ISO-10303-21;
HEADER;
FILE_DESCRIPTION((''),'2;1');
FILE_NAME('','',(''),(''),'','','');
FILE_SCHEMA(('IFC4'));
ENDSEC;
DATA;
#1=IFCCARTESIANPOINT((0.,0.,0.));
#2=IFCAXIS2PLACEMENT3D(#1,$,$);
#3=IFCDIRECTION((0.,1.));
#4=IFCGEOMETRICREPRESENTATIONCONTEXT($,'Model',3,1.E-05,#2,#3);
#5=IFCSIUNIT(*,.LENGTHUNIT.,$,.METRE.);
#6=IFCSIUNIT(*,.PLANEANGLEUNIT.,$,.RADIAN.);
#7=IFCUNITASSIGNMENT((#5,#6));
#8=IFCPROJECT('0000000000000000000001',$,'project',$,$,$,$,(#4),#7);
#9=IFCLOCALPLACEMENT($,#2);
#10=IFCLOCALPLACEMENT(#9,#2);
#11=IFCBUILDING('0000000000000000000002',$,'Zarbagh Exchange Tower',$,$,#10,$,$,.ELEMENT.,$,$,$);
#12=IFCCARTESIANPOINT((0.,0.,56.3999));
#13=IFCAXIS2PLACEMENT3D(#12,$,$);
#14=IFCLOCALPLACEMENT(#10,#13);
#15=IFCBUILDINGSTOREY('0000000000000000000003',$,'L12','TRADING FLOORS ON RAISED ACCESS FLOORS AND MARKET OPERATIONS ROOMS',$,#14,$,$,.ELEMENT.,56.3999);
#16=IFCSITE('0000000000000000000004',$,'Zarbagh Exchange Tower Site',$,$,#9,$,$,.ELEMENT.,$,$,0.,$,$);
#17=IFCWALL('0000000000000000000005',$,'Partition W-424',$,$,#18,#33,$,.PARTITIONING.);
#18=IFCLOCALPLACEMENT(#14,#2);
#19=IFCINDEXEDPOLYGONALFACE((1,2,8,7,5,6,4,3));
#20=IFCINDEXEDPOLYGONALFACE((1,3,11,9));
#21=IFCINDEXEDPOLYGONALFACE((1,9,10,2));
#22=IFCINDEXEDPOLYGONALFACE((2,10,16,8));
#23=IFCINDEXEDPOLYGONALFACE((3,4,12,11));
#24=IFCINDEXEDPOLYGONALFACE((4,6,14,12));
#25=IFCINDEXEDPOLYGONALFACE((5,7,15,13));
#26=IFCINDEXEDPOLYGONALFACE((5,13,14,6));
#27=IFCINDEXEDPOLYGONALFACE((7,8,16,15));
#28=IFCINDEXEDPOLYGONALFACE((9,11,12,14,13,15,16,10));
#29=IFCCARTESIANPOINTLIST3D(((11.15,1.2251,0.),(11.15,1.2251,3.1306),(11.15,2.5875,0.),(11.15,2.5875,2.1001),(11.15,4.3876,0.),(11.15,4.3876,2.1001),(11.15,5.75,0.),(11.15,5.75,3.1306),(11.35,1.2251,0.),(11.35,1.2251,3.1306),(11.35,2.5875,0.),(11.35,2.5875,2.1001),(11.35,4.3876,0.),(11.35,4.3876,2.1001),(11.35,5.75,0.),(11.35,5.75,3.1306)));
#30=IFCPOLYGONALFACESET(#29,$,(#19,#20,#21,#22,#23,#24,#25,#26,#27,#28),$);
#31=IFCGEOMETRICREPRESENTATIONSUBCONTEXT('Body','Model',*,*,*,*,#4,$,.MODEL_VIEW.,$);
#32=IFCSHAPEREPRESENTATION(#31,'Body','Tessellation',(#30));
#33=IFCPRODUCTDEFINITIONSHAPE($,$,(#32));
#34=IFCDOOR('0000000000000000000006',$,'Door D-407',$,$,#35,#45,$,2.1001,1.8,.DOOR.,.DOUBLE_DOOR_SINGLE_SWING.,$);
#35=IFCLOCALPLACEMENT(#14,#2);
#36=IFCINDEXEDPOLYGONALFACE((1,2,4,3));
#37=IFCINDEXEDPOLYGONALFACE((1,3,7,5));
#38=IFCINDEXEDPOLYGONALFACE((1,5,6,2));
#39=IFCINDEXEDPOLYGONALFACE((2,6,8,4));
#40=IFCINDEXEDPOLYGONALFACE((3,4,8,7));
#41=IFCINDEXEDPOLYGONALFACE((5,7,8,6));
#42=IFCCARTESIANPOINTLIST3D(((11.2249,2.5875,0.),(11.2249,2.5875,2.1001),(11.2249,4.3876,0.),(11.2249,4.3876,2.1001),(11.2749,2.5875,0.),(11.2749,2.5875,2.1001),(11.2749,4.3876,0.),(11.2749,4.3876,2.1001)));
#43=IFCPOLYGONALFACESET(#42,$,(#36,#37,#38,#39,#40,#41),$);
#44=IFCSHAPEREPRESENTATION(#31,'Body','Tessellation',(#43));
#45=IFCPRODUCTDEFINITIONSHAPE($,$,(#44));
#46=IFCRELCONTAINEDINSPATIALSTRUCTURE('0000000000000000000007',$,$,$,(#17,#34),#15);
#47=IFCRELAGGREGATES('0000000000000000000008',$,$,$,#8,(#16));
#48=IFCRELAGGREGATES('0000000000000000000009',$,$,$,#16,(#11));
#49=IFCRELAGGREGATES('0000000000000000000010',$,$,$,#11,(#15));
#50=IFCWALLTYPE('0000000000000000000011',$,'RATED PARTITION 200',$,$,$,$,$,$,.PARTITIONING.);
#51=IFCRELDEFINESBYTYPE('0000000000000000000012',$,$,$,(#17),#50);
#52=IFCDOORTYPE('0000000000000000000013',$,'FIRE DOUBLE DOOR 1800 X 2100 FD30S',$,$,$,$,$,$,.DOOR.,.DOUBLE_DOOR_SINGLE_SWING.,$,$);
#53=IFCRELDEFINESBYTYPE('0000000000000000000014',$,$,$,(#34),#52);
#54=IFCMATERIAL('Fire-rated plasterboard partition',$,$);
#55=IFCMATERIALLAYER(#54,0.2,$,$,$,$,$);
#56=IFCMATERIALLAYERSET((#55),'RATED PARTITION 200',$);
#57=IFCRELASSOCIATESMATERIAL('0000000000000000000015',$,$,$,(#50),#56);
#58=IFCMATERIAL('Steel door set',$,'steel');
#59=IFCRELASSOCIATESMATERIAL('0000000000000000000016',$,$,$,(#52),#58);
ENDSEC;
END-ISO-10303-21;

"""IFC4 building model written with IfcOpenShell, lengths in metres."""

from ifc_helpers import new_model, si_unit, direction, frame, frame_2d, origin, place, context, subcontext, project, spatial, rectangle, extrude, material, layer, layer_set, type_object, element, fill, save


model = new_model("IFC4")

# Units and contexts
model_context = context("Model", 3, precision=1e-05, world=origin(), true_north=direction((0.0, 1.0)))
body_context = subcontext(model_context, "Body", "Model", "MODEL_VIEW")
ifc_project = project(units=[si_unit("LENGTHUNIT", "METRE"), si_unit("PLANEANGLEUNIT", "RADIAN")], contexts=[model_context])

# Site, building, storey
site_placement = place(None, origin())
site = spatial("IfcSite", under=ifc_project, at=site_placement, Name="Zarbagh Exchange Tower Site", CompositionType="ELEMENT", RefElevation=0.0)
building_placement = place(site_placement, origin())
building = spatial("IfcBuilding", under=site, at=building_placement, Name="Zarbagh Exchange Tower", CompositionType="ELEMENT")
storey_placement = place(building_placement, frame((0.0, 0.0, 56.3999)))
storey = spatial("IfcBuildingStorey", under=building, at=storey_placement, Name="L12", Description="TRADING FLOORS ON RAISED ACCESS FLOORS AND MARKET OPERATIONS ROOMS", CompositionType="ELEMENT", Elevation=56.3999)

# Shared definitions
ifc_material_1 = material(Name="Fire-rated plasterboard partition")
ifc_layer_1 = layer(ifc_material_1, 0.2)
ifc_layer_set_1 = layer_set([ifc_layer_1], Name="RATED PARTITION 200")
wall_type_1 = type_object("IfcWallType", Name="RATED PARTITION 200", PredefinedType="PARTITIONING", material=ifc_layer_set_1)
ifc_material_2 = material(Name="Steel door set", Category="steel")

# Wall, opening, door
wall_1_placement = place(storey_placement, frame((11.25, 5.75, 0.0), z_axis=(0.0, 0.0, 1.0), x_axis=(0.0, -1.0, 0.0)))
wall_1 = element("IfcWall", 1, at=wall_1_placement, inside=storey, type_object=wall_type_1, Name="Partition W-424", PredefinedType="PARTITIONING", context=body_context, shape_type="SweptSolid", body=[
    extrude(rectangle(XDim=4.5249, YDim=0.2, at=frame_2d((2.2625, 0.0))), origin(), (0.0, 0.0, 1.0), 3.1306),
])
opening_1_placement = place(wall_1_placement, frame((1.3625, 0.0, 0.0)))
opening_1 = element("IfcOpeningElement", 2, at=opening_1_placement, cuts=wall_1, PredefinedType="OPENING", context=body_context, shape_type="SweptSolid", body=[
    extrude(rectangle(XDim=1.8, YDim=2.1001, at=frame_2d((0.8999, 1.05))), frame((0.0, 0.1099, 0.0), z_axis=(0.0, -1.0, 0.0), x_axis=(1.0, 0.0, 0.0)), (0.0, 0.0, 1.0), 0.22),
])
door_type_1 = type_object("IfcDoorType", Name="FIRE DOUBLE DOOR 1800 X 2100 FD30S", OperationType="DOUBLE_DOOR_SINGLE_SWING", PredefinedType="DOOR", material=ifc_material_2)
door_1_placement = place(opening_1_placement, origin())
door_1 = element("IfcDoor", 3, at=door_1_placement, inside=storey, type_object=door_type_1, Name="Door D-407", OperationType="DOUBLE_DOOR_SINGLE_SWING", OverallHeight=2.1001, OverallWidth=1.8, PredefinedType="DOOR", context=body_context, shape_type="SweptSolid", body=[
    extrude(rectangle(XDim=1.8, YDim=2.1001, at=frame_2d((0.8999, 1.05))), frame((0.0, 0.0249, 0.0), z_axis=(0.0, -1.0, 0.0), x_axis=(1.0, 0.0, 0.0)), (0.0, 0.0, 1.0), 0.05),
])
fill(opening_1, door_1)

save(model, "model.ifc")
